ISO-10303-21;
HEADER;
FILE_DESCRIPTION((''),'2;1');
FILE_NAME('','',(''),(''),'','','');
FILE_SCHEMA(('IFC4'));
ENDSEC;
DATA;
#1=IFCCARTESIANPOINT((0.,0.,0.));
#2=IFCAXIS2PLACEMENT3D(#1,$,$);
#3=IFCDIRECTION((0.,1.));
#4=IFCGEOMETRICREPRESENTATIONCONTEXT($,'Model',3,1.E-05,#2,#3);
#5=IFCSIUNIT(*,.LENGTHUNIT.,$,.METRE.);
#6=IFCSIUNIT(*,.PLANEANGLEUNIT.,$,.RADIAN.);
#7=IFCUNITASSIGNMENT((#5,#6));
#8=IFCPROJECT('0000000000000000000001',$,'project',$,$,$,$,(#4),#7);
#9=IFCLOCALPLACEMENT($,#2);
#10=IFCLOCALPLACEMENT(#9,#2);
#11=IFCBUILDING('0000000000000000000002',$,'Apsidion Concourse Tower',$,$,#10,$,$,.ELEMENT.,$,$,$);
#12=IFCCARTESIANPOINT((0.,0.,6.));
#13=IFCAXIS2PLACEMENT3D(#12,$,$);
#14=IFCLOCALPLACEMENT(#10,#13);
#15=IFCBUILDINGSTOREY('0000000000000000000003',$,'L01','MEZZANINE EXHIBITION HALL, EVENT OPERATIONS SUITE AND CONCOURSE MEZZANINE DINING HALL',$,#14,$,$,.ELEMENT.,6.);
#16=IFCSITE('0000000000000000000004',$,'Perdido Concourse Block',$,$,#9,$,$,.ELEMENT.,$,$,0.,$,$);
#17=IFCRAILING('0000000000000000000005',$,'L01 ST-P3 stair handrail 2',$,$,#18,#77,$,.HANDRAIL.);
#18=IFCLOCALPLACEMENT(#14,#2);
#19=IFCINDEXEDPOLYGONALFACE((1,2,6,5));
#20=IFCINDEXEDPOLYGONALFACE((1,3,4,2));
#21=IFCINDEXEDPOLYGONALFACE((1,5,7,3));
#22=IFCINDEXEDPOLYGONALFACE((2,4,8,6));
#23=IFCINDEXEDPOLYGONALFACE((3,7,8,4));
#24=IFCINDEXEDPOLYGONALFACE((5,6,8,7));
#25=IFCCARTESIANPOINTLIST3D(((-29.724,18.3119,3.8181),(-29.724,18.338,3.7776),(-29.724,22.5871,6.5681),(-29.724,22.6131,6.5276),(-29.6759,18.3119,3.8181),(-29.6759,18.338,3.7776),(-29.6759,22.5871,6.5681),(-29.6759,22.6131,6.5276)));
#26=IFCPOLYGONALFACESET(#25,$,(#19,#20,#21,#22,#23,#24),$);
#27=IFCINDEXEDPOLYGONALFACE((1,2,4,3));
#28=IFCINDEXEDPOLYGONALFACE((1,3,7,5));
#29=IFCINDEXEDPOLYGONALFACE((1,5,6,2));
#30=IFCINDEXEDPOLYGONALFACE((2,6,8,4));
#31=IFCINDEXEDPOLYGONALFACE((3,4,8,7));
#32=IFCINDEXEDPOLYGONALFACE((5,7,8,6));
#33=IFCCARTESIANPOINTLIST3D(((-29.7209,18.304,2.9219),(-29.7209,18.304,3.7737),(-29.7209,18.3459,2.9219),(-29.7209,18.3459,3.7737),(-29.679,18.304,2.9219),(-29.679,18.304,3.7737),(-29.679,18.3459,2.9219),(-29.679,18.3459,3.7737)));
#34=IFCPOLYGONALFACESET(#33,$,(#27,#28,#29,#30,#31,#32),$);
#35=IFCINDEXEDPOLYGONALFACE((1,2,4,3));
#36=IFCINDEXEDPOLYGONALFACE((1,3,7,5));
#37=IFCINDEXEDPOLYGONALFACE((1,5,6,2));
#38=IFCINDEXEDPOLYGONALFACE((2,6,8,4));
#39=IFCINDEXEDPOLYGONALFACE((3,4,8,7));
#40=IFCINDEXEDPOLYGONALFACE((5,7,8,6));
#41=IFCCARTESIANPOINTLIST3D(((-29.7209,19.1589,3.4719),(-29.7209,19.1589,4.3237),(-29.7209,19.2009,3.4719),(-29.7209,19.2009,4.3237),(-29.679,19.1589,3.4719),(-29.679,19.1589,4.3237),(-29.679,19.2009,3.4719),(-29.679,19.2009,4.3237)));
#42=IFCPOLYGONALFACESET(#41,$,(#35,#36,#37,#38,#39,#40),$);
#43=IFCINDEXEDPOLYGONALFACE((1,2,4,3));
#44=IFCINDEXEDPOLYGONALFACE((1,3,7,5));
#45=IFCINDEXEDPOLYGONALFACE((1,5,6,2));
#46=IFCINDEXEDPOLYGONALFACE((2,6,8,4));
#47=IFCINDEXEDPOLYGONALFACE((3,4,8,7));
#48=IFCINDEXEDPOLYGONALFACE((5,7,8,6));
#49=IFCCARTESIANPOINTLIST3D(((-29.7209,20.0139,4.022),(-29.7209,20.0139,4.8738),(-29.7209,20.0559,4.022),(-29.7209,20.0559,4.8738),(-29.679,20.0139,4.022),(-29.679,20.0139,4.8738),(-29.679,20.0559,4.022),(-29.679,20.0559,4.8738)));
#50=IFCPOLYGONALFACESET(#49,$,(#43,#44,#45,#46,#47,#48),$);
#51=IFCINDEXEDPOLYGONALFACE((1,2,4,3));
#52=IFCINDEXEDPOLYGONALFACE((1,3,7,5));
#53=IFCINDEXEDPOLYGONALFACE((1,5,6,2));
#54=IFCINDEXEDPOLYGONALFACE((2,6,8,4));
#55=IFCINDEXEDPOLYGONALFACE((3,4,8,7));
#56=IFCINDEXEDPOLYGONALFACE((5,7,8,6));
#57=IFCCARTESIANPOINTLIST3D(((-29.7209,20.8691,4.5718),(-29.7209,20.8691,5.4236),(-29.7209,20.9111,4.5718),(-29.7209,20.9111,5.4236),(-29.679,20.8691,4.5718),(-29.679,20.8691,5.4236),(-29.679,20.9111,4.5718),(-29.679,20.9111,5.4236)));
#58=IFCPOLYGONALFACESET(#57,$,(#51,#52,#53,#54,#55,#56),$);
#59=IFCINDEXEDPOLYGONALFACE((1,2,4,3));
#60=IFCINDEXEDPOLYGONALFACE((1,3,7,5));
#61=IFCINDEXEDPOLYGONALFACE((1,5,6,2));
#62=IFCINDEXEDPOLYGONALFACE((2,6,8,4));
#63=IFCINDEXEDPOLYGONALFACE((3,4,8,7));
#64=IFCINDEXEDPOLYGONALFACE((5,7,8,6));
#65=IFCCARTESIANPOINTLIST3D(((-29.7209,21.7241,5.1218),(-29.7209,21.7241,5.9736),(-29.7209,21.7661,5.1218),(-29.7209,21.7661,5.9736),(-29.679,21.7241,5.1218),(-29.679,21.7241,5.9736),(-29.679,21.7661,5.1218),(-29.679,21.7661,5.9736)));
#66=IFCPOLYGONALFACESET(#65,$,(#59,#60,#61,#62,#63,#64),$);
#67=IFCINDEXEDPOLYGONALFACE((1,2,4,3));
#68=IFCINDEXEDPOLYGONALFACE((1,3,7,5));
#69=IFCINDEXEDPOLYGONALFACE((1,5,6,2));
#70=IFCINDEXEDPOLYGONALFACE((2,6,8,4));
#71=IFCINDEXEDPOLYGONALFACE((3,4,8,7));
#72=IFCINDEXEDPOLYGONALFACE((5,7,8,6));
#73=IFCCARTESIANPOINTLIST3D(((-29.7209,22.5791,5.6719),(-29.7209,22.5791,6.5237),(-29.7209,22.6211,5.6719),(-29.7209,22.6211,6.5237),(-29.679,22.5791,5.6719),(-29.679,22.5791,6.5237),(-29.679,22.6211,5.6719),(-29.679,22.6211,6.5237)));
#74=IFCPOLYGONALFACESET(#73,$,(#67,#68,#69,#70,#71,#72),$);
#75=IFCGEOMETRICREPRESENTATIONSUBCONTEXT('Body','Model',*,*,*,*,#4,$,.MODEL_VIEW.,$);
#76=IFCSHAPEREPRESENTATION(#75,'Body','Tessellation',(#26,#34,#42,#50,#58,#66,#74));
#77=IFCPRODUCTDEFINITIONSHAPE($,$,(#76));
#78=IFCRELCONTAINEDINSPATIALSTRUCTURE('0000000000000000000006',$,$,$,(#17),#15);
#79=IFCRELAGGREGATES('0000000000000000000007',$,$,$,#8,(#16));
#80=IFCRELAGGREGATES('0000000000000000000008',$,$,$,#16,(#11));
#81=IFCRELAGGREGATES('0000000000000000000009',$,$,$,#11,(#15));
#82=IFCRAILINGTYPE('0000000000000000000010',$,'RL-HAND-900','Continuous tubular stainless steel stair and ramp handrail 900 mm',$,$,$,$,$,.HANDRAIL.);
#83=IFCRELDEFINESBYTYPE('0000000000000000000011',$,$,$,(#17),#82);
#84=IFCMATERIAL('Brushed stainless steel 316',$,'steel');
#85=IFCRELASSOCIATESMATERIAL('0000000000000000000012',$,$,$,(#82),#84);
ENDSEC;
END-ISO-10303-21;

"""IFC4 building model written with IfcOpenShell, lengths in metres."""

from ifc_helpers import new_model, si_unit, direction, frame, origin, origin_2d, place, context, subcontext, project, spatial, rectangle, extrude, material, type_object, element, save


model = new_model("IFC4")

# Units and contexts
model_context = context("Model", 3, precision=1e-05, world=origin(), true_north=direction((0.0, 1.0)))
body_context = subcontext(model_context, "Body", "Model", "MODEL_VIEW")
ifc_project = project(units=[si_unit("LENGTHUNIT", "METRE"), si_unit("PLANEANGLEUNIT", "RADIAN")], contexts=[model_context])

# Site, building, storey
site_placement = place(None, origin())
site = spatial("IfcSite", under=ifc_project, at=site_placement, Name="Perdido Concourse Block", CompositionType="ELEMENT", RefElevation=0.0)
building_placement = place(site_placement, origin())
building = spatial("IfcBuilding", under=site, at=building_placement, Name="Apsidion Concourse Tower", CompositionType="ELEMENT")
storey_placement = place(building_placement, frame((0.0, 0.0, 6.0)))
storey = spatial("IfcBuildingStorey", under=building, at=storey_placement, Name="L01", Description="MEZZANINE EXHIBITION HALL, EVENT OPERATIONS SUITE AND CONCOURSE MEZZANINE DINING HALL", CompositionType="ELEMENT", Elevation=6.0)

# Shared definitions
ifc_material_1 = material(Name="Brushed stainless steel 316", Category="steel")

# Railing
railing_type_1 = type_object("IfcRailingType", Name="RL-HAND-900", Description="Continuous tubular stainless steel stair and ramp handrail 900 mm", PredefinedType="HANDRAIL", material=ifc_material_1)
railing_1_placement = place(storey_placement, frame((-29.7, 18.325, 2.9219)))
element("IfcRailing", 1, at=railing_1_placement, inside=storey, type_object=railing_type_1, Name="L01 ST-P3 stair handrail 2", PredefinedType="HANDRAIL", context=body_context, shape_type="SweptSolid", body=[
    extrude(rectangle(XDim=0.0481, YDim=0.0481, at=origin_2d()), frame((0.0, 0.0, 0.876), z_axis=(0.0, 0.841027, 0.540993), x_axis=(-1.0, 0.0, 0.0)), (0.0, 0.0, 1.0), 5.0833),
    extrude(rectangle(XDim=0.042, YDim=0.042, at=origin_2d()), origin(), (0.0, 0.0, 1.0), 0.8518),
    extrude(rectangle(XDim=0.042, YDim=0.042, at=origin_2d()), frame((0.0, 0.855, 0.55)), (0.0, 0.0, 1.0), 0.8518),
    extrude(rectangle(XDim=0.042, YDim=0.042, at=origin_2d()), frame((0.0, 1.71, 1.1001)), (0.0, 0.0, 1.0), 0.8518),
    extrude(rectangle(XDim=0.042, YDim=0.042, at=origin_2d()), frame((0.0, 2.5652, 1.6499)), (0.0, 0.0, 1.0), 0.8518),
    extrude(rectangle(XDim=0.042, YDim=0.042, at=origin_2d()), frame((0.0, 3.4202, 2.2)), (0.0, 0.0, 1.0), 0.8518),
    extrude(rectangle(XDim=0.042, YDim=0.042, at=origin_2d()), frame((0.0, 4.2751, 2.75)), (0.0, 0.0, 1.0), 0.8518),
])

save(model, "model.ifc")
